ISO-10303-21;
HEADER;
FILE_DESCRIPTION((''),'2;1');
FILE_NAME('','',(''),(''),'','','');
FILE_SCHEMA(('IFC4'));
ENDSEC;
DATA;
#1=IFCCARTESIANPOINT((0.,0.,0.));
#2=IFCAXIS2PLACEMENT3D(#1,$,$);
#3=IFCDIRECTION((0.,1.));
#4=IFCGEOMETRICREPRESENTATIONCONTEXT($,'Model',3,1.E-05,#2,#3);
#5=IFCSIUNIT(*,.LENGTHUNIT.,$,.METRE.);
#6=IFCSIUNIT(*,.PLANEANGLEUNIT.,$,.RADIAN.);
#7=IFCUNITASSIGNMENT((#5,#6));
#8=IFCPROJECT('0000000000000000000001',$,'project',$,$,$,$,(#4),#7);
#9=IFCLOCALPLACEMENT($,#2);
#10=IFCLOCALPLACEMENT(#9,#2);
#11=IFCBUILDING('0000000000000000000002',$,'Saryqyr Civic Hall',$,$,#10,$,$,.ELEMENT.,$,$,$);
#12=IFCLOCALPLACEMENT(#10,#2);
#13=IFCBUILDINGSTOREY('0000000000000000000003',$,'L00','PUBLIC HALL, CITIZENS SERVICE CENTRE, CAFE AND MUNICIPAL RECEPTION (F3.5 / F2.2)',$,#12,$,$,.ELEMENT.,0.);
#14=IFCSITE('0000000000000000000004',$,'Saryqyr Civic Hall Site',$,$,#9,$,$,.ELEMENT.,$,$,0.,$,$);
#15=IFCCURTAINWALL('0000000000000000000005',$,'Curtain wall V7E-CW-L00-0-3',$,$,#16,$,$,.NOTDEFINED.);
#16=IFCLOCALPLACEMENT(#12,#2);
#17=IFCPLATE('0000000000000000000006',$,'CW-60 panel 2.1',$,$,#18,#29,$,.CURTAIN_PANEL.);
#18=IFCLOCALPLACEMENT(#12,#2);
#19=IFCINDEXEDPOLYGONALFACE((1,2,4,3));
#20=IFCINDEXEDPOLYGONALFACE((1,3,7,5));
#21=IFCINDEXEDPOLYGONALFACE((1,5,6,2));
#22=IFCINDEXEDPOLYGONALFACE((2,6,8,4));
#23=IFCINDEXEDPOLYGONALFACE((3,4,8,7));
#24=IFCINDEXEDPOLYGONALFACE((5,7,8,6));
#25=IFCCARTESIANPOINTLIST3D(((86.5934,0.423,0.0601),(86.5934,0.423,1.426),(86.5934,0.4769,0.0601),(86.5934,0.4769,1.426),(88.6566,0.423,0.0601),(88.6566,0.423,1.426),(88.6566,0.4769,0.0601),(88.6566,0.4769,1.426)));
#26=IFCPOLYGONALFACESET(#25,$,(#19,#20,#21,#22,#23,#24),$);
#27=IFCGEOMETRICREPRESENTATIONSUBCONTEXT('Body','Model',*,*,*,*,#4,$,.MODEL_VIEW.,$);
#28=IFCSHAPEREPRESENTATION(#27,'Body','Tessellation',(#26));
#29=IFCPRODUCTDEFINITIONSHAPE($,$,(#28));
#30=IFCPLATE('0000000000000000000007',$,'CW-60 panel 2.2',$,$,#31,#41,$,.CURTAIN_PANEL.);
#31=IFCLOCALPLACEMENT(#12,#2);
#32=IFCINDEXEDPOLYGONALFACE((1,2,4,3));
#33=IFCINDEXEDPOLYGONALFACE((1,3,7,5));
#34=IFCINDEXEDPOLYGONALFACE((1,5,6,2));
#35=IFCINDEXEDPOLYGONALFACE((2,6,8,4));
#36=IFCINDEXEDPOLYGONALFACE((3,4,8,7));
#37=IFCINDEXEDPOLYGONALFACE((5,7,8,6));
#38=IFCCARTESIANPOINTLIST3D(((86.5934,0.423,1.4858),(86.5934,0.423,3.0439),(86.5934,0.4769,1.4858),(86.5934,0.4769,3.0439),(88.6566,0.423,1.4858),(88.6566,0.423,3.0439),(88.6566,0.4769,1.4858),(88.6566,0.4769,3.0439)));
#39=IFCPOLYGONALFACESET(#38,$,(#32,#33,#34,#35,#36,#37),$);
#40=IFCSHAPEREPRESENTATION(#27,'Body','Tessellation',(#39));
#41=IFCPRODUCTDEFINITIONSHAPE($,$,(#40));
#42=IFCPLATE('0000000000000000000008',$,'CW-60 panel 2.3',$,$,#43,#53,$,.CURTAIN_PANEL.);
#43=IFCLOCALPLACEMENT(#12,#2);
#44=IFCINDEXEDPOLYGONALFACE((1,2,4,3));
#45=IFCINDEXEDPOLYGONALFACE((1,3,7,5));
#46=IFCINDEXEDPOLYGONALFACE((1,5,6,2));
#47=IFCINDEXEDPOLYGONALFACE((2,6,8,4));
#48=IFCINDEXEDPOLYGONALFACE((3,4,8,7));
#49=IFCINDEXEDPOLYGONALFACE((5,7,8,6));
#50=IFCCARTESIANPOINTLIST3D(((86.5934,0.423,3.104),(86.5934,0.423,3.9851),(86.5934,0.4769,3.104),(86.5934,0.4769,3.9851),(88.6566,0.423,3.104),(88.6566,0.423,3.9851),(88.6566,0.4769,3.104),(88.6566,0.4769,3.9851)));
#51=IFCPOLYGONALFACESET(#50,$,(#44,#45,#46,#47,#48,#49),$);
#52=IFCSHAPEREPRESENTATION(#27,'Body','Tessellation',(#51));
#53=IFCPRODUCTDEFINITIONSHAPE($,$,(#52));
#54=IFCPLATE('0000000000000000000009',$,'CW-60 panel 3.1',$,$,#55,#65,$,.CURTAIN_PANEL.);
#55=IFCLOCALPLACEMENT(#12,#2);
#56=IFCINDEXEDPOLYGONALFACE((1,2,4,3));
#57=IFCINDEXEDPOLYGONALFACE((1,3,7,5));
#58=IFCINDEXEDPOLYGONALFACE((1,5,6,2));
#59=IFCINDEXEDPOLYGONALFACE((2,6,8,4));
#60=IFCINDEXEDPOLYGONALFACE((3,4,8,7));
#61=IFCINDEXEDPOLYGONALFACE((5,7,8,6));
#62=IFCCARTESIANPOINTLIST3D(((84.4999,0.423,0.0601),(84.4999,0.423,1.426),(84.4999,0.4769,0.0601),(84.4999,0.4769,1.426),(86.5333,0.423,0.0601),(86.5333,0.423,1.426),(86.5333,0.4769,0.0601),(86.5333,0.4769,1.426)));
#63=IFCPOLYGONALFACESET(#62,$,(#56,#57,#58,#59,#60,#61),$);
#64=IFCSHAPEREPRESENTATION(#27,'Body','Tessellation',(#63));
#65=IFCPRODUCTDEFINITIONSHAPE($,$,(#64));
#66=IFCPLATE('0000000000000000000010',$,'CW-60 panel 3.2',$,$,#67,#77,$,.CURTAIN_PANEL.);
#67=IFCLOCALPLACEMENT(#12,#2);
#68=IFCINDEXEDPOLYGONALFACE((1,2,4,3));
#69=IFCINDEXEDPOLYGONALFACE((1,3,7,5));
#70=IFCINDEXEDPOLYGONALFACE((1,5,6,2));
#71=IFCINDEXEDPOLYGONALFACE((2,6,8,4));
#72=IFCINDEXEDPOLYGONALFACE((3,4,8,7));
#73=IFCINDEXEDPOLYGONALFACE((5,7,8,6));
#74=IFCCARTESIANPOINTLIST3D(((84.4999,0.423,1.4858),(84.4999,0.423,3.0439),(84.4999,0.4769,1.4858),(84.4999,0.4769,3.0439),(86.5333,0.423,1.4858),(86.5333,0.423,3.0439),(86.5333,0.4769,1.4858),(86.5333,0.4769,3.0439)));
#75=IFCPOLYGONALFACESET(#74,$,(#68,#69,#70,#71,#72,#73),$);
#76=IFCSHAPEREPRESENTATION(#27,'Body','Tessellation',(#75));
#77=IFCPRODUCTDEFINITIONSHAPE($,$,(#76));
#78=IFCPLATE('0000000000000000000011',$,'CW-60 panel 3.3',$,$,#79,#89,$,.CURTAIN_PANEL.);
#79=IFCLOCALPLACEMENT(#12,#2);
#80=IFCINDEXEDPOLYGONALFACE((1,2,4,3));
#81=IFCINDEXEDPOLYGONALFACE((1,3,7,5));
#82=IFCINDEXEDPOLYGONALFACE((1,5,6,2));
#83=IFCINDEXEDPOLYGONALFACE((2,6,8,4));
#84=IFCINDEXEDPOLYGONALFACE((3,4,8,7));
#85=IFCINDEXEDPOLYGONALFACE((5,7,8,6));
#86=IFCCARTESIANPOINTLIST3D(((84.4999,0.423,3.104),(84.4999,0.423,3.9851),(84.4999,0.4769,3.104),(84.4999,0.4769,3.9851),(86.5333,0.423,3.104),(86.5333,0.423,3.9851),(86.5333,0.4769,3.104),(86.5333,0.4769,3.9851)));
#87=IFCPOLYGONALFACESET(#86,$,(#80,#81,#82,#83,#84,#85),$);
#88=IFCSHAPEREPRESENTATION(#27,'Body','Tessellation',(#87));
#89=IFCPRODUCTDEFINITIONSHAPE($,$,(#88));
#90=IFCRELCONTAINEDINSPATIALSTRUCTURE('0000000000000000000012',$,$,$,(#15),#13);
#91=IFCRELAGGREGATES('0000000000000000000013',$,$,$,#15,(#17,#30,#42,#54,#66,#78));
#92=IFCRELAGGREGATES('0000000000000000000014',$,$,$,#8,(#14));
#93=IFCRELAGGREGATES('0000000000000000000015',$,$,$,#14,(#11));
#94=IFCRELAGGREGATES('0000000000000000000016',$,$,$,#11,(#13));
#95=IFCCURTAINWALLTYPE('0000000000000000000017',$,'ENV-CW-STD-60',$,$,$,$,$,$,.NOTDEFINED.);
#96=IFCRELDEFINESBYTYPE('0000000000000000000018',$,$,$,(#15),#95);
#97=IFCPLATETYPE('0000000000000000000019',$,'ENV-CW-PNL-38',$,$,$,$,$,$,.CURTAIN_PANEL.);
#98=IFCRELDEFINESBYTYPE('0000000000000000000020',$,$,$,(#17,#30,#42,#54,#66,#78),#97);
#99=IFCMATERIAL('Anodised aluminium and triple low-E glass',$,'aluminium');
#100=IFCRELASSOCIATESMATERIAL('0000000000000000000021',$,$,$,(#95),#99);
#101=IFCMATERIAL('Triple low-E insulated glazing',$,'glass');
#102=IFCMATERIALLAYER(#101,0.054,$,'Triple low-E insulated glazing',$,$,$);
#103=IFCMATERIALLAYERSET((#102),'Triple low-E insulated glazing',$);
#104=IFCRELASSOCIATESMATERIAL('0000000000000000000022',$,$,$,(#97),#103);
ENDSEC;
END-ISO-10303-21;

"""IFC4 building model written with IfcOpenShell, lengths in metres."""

from ifc_helpers import new_model, si_unit, direction, frame, origin, origin_2d, place, context, subcontext, project, spatial, rectangle, extrude, material, layer, layer_set, type_object, element, aggregate, save


model = new_model("IFC4")

# Units and contexts
model_context = context("Model", 3, precision=1e-05, world=origin(), true_north=direction((0.0, 1.0)))
body_context = subcontext(model_context, "Body", "Model", "MODEL_VIEW")
ifc_project = project(units=[si_unit("LENGTHUNIT", "METRE"), si_unit("PLANEANGLEUNIT", "RADIAN")], contexts=[model_context])

# Site, building, storey
site_placement = place(None, origin())
site = spatial("IfcSite", under=ifc_project, at=site_placement, Name="Saryqyr Civic Hall Site", CompositionType="ELEMENT", RefElevation=0.0)
building_placement = place(site_placement, origin())
building = spatial("IfcBuilding", under=site, at=building_placement, Name="Saryqyr Civic Hall", CompositionType="ELEMENT")
storey_placement = place(building_placement, origin())
storey = spatial("IfcBuildingStorey", under=building, at=storey_placement, Name="L00", Description="PUBLIC HALL, CITIZENS SERVICE CENTRE, CAFE AND MUNICIPAL RECEPTION (F3.5 / F2.2)", CompositionType="ELEMENT", Elevation=0.0)

# Curtain wall
ifc_material_1 = material(Name="Anodised aluminium and triple low-E glass", Category="aluminium")
curtain_wall_type_1 = type_object("IfcCurtainWallType", Name="ENV-CW-STD-60", PredefinedType="NOTDEFINED", material=ifc_material_1)
curtain_wall_1_placement = place(storey_placement, origin())
curtain_wall_1 = element("IfcCurtainWall", 1, at=curtain_wall_1_placement, inside=storey, type_object=curtain_wall_type_1, Name="Curtain wall V7E-CW-L00-0-3", PredefinedType="NOTDEFINED")

# Plates
ifc_material_2 = material(Name="Triple low-E insulated glazing", Category="glass")
ifc_layer = layer(ifc_material_2, 0.054, Name="Triple low-E insulated glazing")
ifc_layer_set = layer_set([ifc_layer], Name="Triple low-E insulated glazing")
plate_type = type_object("IfcPlateType", Name="ENV-CW-PNL-38", PredefinedType="CURTAIN_PANEL", material=ifc_layer_set)
plate_1_placement = place(storey_placement, frame((87.625, 0.45, 0.0601), z_axis=(0.0, 0.0, 1.0), x_axis=(-1.0, 0.0, 0.0)))
plate_1 = element("IfcPlate", 2, at=plate_1_placement, type_object=plate_type, Name="CW-60 panel 2.1", PredefinedType="CURTAIN_PANEL", context=body_context, shape_type="SweptSolid", body=[
    extrude(rectangle(XDim=2.0632, YDim=0.054, at=origin_2d()), origin(), (0.0, 0.0, 1.0), 1.366),
])
plate_2_placement = place(storey_placement, frame((87.625, 0.45, 1.4858), z_axis=(0.0, 0.0, 1.0), x_axis=(-1.0, 0.0, 0.0)))
plate_2 = element("IfcPlate", 3, at=plate_2_placement, type_object=plate_type, Name="CW-60 panel 2.2", PredefinedType="CURTAIN_PANEL", context=body_context, shape_type="SweptSolid", body=[
    extrude(rectangle(XDim=2.0632, YDim=0.054, at=origin_2d()), origin(), (0.0, 0.0, 1.0), 1.5581),
])
plate_3_placement = place(storey_placement, frame((87.625, 0.45, 3.104), z_axis=(0.0, 0.0, 1.0), x_axis=(-1.0, 0.0, 0.0)))
plate_3 = element("IfcPlate", 4, at=plate_3_placement, type_object=plate_type, Name="CW-60 panel 2.3", PredefinedType="CURTAIN_PANEL", context=body_context, shape_type="SweptSolid", body=[
    extrude(rectangle(XDim=2.0632, YDim=0.054, at=origin_2d()), origin(), (0.0, 0.0, 1.0), 0.8811),
])
plate_4_placement = place(storey_placement, frame((85.5166, 0.45, 0.0601), z_axis=(0.0, 0.0, 1.0), x_axis=(-1.0, 0.0, 0.0)))
plate_4 = element("IfcPlate", 5, at=plate_4_placement, type_object=plate_type, Name="CW-60 panel 3.1", PredefinedType="CURTAIN_PANEL", context=body_context, shape_type="SweptSolid", body=[
    extrude(rectangle(XDim=2.0334, YDim=0.054, at=origin_2d()), origin(), (0.0, 0.0, 1.0), 1.366),
])
plate_5_placement = place(storey_placement, frame((85.5166, 0.45, 1.4858), z_axis=(0.0, 0.0, 1.0), x_axis=(-1.0, 0.0, 0.0)))
plate_5 = element("IfcPlate", 6, at=plate_5_placement, type_object=plate_type, Name="CW-60 panel 3.2", PredefinedType="CURTAIN_PANEL", context=body_context, shape_type="SweptSolid", body=[
    extrude(rectangle(XDim=2.0334, YDim=0.054, at=origin_2d()), origin(), (0.0, 0.0, 1.0), 1.5581),
])
plate_6_placement = place(storey_placement, frame((85.5166, 0.45, 3.104), z_axis=(0.0, 0.0, 1.0), x_axis=(-1.0, 0.0, 0.0)))
plate_6 = element("IfcPlate", 7, at=plate_6_placement, type_object=plate_type, Name="CW-60 panel 3.3", PredefinedType="CURTAIN_PANEL", context=body_context, shape_type="SweptSolid", body=[
    extrude(rectangle(XDim=2.0334, YDim=0.054, at=origin_2d()), origin(), (0.0, 0.0, 1.0), 0.8811),
])
aggregate(curtain_wall_1, [plate_1, plate_2, plate_3, plate_4, plate_5, plate_6])

save(model, "model.ifc")
